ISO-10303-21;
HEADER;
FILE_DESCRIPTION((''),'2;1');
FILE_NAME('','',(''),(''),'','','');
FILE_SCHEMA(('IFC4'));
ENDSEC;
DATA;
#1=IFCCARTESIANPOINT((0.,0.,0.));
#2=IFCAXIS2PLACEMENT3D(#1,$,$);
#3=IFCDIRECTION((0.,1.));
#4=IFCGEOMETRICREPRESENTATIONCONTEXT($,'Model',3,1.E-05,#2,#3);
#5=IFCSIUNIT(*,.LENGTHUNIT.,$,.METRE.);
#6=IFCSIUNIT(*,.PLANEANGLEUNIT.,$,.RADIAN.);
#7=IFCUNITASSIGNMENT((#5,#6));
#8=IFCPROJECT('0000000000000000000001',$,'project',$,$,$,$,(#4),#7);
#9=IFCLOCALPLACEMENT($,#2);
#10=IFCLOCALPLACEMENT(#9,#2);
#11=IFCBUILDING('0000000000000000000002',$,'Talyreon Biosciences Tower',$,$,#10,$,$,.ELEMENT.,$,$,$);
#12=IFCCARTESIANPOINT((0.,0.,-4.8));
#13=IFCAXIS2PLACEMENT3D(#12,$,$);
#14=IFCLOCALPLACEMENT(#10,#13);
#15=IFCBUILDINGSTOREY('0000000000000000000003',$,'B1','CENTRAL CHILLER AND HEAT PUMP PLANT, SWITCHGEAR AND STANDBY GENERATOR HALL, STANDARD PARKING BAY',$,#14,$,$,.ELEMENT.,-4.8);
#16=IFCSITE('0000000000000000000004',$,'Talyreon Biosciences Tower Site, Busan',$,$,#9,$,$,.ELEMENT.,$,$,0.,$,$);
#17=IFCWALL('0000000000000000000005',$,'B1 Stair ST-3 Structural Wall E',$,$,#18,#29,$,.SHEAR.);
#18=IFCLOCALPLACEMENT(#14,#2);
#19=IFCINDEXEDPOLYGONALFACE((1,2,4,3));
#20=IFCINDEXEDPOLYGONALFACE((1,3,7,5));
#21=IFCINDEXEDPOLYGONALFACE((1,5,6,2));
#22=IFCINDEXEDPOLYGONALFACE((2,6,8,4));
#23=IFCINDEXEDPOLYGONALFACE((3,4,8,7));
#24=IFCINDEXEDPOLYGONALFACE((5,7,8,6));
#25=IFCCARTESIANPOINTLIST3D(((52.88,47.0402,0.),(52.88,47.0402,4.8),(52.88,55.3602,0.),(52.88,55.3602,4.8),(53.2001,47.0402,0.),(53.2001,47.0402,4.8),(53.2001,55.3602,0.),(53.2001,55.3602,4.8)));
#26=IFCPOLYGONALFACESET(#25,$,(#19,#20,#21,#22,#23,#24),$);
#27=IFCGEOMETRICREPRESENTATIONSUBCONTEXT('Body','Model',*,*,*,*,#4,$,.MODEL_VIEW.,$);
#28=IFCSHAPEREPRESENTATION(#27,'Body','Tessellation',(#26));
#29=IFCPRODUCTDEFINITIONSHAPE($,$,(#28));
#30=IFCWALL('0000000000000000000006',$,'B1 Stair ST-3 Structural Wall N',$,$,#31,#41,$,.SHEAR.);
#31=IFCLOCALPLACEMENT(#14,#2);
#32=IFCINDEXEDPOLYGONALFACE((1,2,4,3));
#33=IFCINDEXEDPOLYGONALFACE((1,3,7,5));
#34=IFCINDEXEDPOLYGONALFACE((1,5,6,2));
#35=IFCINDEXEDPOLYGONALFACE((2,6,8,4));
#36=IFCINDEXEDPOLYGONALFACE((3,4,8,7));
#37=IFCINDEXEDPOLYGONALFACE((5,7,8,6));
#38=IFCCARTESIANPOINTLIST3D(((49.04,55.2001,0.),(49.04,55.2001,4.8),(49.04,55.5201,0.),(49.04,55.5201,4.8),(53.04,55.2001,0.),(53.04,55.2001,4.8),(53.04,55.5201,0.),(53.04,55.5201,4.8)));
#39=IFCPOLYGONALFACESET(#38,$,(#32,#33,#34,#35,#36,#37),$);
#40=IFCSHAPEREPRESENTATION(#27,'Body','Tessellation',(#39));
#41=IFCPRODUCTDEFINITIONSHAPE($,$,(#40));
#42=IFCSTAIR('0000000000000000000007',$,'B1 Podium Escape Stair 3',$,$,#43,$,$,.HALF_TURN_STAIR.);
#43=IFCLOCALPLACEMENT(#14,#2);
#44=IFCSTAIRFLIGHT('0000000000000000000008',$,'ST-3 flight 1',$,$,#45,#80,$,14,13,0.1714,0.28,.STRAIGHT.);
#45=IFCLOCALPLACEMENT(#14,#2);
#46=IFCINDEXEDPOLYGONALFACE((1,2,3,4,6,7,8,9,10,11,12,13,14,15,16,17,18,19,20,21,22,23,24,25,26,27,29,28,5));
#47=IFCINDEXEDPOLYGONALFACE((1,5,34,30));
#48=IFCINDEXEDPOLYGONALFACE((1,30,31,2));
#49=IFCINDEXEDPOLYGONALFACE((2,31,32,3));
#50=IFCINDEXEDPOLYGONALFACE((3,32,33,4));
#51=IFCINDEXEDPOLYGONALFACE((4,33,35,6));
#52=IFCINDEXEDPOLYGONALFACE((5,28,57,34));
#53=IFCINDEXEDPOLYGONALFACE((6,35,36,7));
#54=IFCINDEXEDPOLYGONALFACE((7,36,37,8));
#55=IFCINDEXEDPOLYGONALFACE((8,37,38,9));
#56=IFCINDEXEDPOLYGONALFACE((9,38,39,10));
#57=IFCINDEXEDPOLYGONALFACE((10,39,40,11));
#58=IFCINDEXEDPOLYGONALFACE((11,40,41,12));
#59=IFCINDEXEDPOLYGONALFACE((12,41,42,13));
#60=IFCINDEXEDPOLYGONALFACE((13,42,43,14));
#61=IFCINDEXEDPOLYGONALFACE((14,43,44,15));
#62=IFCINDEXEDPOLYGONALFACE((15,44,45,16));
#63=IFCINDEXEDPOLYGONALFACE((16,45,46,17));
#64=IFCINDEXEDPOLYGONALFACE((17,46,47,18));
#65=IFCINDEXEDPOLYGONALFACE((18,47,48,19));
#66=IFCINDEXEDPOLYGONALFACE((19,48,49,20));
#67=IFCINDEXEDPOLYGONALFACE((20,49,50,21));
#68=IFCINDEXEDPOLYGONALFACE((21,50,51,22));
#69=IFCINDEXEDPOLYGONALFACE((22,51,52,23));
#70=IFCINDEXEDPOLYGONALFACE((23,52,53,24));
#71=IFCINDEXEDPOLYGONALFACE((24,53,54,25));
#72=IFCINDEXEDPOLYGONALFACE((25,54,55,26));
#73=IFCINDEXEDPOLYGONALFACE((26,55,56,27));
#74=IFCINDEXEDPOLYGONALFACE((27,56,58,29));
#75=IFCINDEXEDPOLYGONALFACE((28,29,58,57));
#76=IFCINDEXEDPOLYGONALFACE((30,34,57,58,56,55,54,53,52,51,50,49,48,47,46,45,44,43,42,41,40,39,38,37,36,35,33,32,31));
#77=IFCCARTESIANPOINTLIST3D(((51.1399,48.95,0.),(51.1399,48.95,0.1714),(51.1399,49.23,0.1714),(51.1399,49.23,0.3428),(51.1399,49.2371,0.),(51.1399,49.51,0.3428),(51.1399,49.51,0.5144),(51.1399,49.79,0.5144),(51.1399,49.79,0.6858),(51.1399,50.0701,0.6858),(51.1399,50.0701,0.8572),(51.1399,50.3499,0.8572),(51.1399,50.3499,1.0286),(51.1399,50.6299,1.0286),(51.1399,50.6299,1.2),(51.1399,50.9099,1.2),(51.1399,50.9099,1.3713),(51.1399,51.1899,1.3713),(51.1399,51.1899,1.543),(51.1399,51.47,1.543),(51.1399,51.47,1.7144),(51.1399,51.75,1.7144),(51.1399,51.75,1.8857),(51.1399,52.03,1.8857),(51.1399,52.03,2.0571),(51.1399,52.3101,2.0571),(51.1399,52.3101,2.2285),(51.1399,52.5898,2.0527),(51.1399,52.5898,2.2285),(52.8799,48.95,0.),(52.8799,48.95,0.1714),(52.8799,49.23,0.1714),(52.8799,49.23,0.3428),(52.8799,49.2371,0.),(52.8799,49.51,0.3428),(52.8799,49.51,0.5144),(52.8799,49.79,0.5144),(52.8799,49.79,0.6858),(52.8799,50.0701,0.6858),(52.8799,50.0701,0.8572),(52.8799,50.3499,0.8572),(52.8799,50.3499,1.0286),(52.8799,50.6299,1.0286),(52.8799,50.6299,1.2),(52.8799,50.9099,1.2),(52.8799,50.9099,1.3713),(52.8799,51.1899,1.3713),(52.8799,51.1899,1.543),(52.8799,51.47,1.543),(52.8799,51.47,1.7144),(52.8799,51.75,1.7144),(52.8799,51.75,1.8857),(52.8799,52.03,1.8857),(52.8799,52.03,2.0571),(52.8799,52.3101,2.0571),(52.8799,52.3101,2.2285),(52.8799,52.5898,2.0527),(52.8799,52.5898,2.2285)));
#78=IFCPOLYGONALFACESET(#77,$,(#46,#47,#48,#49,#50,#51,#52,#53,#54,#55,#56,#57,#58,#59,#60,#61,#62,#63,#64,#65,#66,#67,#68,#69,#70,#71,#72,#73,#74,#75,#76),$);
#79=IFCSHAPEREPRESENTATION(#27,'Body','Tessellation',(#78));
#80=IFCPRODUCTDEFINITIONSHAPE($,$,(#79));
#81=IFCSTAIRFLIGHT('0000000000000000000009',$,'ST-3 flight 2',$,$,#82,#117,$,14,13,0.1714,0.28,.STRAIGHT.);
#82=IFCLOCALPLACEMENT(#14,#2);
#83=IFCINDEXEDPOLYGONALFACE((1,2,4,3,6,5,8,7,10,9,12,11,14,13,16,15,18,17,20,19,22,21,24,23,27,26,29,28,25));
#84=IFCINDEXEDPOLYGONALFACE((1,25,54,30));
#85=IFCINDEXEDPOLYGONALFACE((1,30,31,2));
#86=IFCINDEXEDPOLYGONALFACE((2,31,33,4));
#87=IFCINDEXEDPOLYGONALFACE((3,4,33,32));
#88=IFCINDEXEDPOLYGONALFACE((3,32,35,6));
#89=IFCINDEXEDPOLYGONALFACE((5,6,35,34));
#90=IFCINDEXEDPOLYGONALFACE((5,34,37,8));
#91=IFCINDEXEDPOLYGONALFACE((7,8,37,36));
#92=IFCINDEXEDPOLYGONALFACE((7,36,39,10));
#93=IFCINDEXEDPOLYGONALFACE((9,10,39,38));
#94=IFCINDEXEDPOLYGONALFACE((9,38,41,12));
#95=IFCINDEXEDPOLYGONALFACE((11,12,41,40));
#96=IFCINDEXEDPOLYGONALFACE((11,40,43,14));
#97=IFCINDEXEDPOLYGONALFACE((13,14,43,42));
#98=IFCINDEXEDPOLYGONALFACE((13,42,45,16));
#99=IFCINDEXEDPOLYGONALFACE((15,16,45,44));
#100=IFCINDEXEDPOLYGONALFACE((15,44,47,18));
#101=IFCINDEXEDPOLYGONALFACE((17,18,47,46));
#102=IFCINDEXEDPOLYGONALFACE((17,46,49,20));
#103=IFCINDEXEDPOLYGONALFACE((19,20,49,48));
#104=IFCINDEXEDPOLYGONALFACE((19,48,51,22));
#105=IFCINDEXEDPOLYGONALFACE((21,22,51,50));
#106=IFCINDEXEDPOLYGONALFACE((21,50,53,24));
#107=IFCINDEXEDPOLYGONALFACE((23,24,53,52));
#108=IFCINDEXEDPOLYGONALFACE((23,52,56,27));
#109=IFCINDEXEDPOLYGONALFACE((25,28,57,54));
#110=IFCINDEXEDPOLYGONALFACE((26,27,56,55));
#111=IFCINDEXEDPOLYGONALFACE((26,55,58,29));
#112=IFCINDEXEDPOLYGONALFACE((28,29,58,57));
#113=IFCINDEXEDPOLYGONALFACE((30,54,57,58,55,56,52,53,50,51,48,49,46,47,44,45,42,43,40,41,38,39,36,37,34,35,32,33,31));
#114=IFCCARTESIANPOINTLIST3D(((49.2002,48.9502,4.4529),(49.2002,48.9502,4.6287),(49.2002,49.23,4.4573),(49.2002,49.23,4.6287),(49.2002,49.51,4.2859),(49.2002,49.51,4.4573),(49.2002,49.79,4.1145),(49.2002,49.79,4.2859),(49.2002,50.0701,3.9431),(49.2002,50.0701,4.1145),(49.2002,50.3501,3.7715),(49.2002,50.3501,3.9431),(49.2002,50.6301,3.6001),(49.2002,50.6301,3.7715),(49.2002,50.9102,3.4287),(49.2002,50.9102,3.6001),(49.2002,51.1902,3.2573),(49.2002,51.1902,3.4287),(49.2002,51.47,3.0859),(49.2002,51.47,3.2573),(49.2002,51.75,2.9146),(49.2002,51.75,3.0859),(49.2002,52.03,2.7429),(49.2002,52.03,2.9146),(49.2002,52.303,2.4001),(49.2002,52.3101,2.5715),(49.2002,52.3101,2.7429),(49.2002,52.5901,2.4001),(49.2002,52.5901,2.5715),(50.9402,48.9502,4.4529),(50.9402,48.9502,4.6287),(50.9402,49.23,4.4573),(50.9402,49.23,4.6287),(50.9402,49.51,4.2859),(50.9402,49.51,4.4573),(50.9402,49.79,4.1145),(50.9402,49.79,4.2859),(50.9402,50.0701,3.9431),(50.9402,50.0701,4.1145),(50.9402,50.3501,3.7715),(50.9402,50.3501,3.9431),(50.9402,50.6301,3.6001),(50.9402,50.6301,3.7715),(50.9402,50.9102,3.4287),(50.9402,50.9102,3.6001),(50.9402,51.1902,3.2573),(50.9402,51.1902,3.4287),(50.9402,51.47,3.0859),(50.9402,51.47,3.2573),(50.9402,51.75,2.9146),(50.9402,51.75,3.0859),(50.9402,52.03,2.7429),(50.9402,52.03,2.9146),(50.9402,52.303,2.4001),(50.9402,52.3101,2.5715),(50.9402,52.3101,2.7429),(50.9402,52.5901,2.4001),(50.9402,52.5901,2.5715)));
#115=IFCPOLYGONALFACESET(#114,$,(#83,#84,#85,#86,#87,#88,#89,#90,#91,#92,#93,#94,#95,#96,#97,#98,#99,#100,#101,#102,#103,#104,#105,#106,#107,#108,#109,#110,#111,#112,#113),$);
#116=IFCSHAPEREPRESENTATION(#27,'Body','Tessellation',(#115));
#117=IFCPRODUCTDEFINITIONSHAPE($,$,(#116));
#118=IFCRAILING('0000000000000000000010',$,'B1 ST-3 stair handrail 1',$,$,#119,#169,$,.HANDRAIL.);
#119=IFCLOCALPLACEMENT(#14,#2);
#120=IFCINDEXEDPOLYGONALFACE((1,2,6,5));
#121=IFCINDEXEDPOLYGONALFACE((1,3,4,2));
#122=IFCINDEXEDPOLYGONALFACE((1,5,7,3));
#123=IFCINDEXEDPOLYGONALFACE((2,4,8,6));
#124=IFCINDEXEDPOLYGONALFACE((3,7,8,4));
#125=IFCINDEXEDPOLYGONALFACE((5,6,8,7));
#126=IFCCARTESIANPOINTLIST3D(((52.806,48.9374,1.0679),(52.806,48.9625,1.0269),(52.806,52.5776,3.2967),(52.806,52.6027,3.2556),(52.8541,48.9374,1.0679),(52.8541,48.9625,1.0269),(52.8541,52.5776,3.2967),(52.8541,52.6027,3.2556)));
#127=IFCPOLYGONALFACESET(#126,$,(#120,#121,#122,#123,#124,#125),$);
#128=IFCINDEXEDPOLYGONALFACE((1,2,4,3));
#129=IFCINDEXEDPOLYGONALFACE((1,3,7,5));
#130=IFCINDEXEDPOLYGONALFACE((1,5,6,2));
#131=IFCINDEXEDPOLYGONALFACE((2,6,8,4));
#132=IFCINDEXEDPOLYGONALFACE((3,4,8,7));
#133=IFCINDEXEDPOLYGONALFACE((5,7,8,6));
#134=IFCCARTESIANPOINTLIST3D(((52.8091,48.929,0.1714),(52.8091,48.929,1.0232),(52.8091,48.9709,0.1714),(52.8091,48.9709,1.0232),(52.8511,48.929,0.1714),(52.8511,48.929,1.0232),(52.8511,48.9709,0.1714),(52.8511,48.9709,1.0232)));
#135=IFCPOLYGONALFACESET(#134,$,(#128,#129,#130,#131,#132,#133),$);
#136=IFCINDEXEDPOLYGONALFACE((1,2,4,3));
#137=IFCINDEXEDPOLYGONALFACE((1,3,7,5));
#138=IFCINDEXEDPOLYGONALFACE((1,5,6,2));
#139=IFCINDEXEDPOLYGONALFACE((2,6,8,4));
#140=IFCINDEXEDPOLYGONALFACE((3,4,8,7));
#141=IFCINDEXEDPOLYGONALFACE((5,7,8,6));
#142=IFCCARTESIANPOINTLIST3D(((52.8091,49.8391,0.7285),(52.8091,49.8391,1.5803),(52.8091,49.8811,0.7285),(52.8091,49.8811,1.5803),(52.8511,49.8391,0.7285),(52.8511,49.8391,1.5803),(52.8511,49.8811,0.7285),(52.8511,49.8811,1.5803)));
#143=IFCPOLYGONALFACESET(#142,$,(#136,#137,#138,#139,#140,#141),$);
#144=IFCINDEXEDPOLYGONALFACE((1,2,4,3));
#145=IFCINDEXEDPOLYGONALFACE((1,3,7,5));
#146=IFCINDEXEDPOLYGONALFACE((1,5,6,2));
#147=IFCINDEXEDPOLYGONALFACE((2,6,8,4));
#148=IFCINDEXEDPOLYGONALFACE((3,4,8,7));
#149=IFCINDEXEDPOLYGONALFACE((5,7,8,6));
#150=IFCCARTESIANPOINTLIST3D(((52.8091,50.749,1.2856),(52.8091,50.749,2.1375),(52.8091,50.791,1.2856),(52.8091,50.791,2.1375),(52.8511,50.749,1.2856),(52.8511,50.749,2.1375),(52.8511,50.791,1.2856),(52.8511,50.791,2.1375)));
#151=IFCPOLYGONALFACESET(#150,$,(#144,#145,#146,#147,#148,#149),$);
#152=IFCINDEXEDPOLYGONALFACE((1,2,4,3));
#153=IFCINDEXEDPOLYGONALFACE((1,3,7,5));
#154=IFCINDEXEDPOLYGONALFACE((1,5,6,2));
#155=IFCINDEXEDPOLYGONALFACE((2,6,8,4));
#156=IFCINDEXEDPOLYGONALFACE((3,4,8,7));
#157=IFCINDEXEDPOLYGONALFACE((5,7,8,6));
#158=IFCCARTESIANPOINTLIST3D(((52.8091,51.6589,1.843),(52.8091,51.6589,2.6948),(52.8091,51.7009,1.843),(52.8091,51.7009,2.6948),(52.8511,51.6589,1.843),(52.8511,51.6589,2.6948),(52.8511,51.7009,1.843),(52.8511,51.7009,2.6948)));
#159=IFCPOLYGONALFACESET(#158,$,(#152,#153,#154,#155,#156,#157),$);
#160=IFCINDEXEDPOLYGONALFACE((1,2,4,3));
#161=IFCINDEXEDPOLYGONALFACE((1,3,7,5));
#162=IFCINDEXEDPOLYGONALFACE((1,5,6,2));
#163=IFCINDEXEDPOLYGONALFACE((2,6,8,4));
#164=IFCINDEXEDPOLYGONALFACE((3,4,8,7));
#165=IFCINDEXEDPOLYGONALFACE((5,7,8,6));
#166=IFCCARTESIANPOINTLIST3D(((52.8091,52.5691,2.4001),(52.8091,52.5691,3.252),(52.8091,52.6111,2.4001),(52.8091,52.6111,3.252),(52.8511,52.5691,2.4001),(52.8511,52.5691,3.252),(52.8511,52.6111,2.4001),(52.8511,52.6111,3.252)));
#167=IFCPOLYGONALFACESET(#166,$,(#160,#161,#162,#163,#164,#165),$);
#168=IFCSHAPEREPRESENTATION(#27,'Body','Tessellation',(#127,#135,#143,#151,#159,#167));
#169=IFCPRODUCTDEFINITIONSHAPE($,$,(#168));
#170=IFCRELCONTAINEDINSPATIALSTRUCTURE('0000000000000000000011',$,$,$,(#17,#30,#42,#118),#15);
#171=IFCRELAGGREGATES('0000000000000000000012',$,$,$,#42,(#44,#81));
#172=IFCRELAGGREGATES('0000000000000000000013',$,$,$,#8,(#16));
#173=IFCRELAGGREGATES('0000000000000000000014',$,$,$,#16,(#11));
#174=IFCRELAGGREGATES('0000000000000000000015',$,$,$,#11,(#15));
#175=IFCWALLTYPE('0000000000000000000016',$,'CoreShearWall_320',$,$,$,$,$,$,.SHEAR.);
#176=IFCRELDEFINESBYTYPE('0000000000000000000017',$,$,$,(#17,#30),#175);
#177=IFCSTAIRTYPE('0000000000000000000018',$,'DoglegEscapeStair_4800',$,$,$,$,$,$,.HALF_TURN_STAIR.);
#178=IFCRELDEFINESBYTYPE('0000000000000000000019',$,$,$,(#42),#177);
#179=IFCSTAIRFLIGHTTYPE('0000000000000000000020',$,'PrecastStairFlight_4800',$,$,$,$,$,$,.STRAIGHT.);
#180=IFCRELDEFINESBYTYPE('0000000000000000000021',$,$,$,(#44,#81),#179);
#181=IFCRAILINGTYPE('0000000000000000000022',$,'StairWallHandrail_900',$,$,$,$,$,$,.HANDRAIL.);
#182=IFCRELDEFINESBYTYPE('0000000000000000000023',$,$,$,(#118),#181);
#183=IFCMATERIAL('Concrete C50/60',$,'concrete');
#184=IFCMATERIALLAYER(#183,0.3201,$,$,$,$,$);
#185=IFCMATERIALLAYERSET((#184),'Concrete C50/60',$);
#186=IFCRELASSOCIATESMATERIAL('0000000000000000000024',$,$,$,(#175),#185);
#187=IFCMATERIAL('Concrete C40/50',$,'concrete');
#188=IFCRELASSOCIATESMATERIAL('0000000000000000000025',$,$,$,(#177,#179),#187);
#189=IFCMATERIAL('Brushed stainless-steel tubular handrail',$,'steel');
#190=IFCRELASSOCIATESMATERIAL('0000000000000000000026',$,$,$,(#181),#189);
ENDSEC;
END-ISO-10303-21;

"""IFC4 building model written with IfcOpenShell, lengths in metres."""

from ifc_helpers import new_model, si_unit, direction, frame, frame_2d, origin, origin_2d, place, context, subcontext, project, spatial, polyline, rectangle, outline, extrude, material, layer, layer_set, type_object, element, aggregate, save


model = new_model("IFC4")

# Units and contexts
model_context = context("Model", 3, precision=1e-05, world=origin(), true_north=direction((0.0, 1.0)))
body_context = subcontext(model_context, "Body", "Model", "MODEL_VIEW")
ifc_project = project(units=[si_unit("LENGTHUNIT", "METRE"), si_unit("PLANEANGLEUNIT", "RADIAN")], contexts=[model_context])

# Site, building, storey
site_placement = place(None, origin())
site = spatial("IfcSite", under=ifc_project, at=site_placement, Name="Talyreon Biosciences Tower Site, Busan", CompositionType="ELEMENT", RefElevation=0.0)
building_placement = place(site_placement, origin())
building = spatial("IfcBuilding", under=site, at=building_placement, Name="Talyreon Biosciences Tower", CompositionType="ELEMENT")
storey_placement = place(building_placement, frame((0.0, 0.0, -4.8)))
storey = spatial("IfcBuildingStorey", under=building, at=storey_placement, Name="B1", Description="CENTRAL CHILLER AND HEAT PUMP PLANT, SWITCHGEAR AND STANDBY GENERATOR HALL, STANDARD PARKING BAY", CompositionType="ELEMENT", Elevation=-4.8)

# Shared definitions
ifc_material_1 = material(Name="Concrete C50/60", Category="concrete")

# Walls
ifc_layer_1 = layer(ifc_material_1, 0.3201)
ifc_layer_set_1 = layer_set([ifc_layer_1], Name="Concrete C50/60")
wall_type_1 = type_object("IfcWallType", Name="CoreShearWall_320", PredefinedType="SHEAR", material=ifc_layer_set_1)
wall_1_placement = place(storey_placement, frame((53.04, 47.04, 0.0), z_axis=(0.0, 0.0, 1.0), x_axis=(0.0, 1.0, 0.0)))
element("IfcWall", 1, at=wall_1_placement, inside=storey, type_object=wall_type_1, Name="B1 Stair ST-3 Structural Wall E", PredefinedType="SHEAR", context=body_context, shape_type="SweptSolid", body=[
    extrude(rectangle(XDim=8.3201, YDim=0.3201, at=frame_2d((4.1602, 0.0))), origin(), (0.0, 0.0, 1.0), 4.8),
])
wall_2_placement = place(storey_placement, frame((49.04, 55.3601, 0.0), z_axis=(0.0, 0.0, 1.0), x_axis=(1.0, 0.0, 0.0)))
element("IfcWall", 2, at=wall_2_placement, inside=storey, type_object=wall_type_1, Name="B1 Stair ST-3 Structural Wall N", PredefinedType="SHEAR", context=body_context, shape_type="SweptSolid", body=[
    extrude(rectangle(XDim=4.0, YDim=0.3201, at=frame_2d((2.0, 0.0))), origin(), (0.0, 0.0, 1.0), 4.8),
])

# Stair, stair flights
ifc_material_2 = material(Name="Concrete C40/50", Category="concrete")
stair_type = type_object("IfcStairType", Name="DoglegEscapeStair_4800", PredefinedType="HALF_TURN_STAIR", material=ifc_material_2)
stair_placement = place(storey_placement, origin())
stair = element("IfcStair", 3, at=stair_placement, inside=storey, type_object=stair_type, Name="B1 Podium Escape Stair 3", PredefinedType="HALF_TURN_STAIR")
stair_flight_type = type_object("IfcStairFlightType", Name="PrecastStairFlight_4800", PredefinedType="STRAIGHT", material=ifc_material_2)
stair_flight_1_placement = place(storey_placement, frame((52.01, 48.95, 0.0), z_axis=(0.0, 0.0, 1.0), x_axis=(0.0, 1.0, 0.0)))
stair_flight_1 = element("IfcStairFlight", 4, at=stair_flight_1_placement, type_object=stair_flight_type, Name="ST-3 flight 1", NumberOfRisers=14, NumberOfTreads=13, PredefinedType="STRAIGHT", RiserHeight=0.1714, TreadLength=0.28, context=body_context, shape_type="SweptSolid", body=[
    extrude(outline(polyline([(0.0, 0.0), (0.0, 0.1714), (0.28, 0.1714), (0.28, 0.3428), (0.5601, 0.3428), (0.5601, 0.5144), (0.8401, 0.5144), (0.8401, 0.6858), (1.1201, 0.6858), (1.1201, 0.8572), (1.3999, 0.8572), (1.3999, 1.0286), (1.6799, 1.0286), (1.6799, 1.2), (1.96, 1.2), (1.96, 1.3713), (2.24, 1.3713), (2.24, 1.543), (2.52, 1.543), (2.52, 1.7144), (2.8, 1.7144), (2.8, 1.8857), (3.0801, 1.8857), (3.0801, 2.0571), (3.3601, 2.0571), (3.3601, 2.2285), (3.6399, 2.2285), (3.6399, 2.3999), (3.6399, 2.0527), (0.2871, 0.0), (0.0, 0.0)])), frame((0.0, 0.8701, 0.0), z_axis=(0.0, -1.0, 0.0), x_axis=(1.0, 0.0, 0.0)), (0.0, 0.0, 1.0), 1.74),
])
stair_flight_2_placement = place(storey_placement, frame((50.0701, 52.5901, 2.4001), z_axis=(0.0, 0.0, 1.0), x_axis=(0.0, -1.0, 0.0)))
stair_flight_2 = element("IfcStairFlight", 5, at=stair_flight_2_placement, type_object=stair_flight_type, Name="ST-3 flight 2", NumberOfRisers=14, NumberOfTreads=13, PredefinedType="STRAIGHT", RiserHeight=0.1714, TreadLength=0.28, context=body_context, shape_type="SweptSolid", body=[
    extrude(outline(polyline([(0.0, 0.0), (0.0, 0.1714), (0.28, 0.1714), (0.28, 0.3428), (0.5601, 0.3428), (0.5601, 0.5144), (0.8401, 0.5144), (0.8401, 0.6858), (1.1201, 0.6858), (1.1201, 0.8572), (1.3999, 0.8572), (1.3999, 1.0286), (1.6799, 1.0286), (1.6799, 1.2), (1.96, 1.2), (1.96, 1.3713), (2.24, 1.3713), (2.24, 1.543), (2.52, 1.543), (2.52, 1.7144), (2.8, 1.7144), (2.8, 1.8857), (3.0801, 1.8857), (3.0801, 2.0571), (3.3601, 2.0571), (3.3601, 2.2285), (3.6399, 2.2285), (3.6399, 2.3999), (3.6399, 2.0527), (0.2871, 0.0), (0.0, 0.0)])), frame((0.0, 0.8701, 0.0), z_axis=(0.0, -1.0, 0.0), x_axis=(1.0, 0.0, 0.0)), (0.0, 0.0, 1.0), 1.74),
])
aggregate(stair, [stair_flight_1, stair_flight_2])

# Railing
ifc_material_3 = material(Name="Brushed stainless-steel tubular handrail", Category="steel")
railing_type_1 = type_object("IfcRailingType", Name="StairWallHandrail_900", PredefinedType="HANDRAIL", material=ifc_material_3)
railing_1_placement = place(storey_placement, frame((52.8301, 48.95, 0.1714)))
element("IfcRailing", 6, at=railing_1_placement, inside=storey, type_object=railing_type_1, Name="B1 ST-3 stair handrail 1", PredefinedType="HANDRAIL", context=body_context, shape_type="SweptSolid", body=[
    extrude(rectangle(XDim=0.0481, YDim=0.0481, at=origin_2d()), frame((0.0, 0.0, 0.876), z_axis=(0.0, 0.85284, 0.522172), x_axis=(-1.0, 0.0, 0.0)), (0.0, 0.0, 1.0), 4.2683),
    extrude(rectangle(XDim=0.042, YDim=0.042, at=origin_2d()), origin(), (0.0, 0.0, 1.0), 0.8518),
    extrude(rectangle(XDim=0.042, YDim=0.042, at=origin_2d()), frame((0.0, 0.9102, 0.5571)), (0.0, 0.0, 1.0), 0.8518),
    extrude(rectangle(XDim=0.042, YDim=0.042, at=origin_2d()), frame((0.0, 1.8201, 1.1143)), (0.0, 0.0, 1.0), 0.8518),
    extrude(rectangle(XDim=0.042, YDim=0.042, at=origin_2d()), frame((0.0, 2.73, 1.6716)), (0.0, 0.0, 1.0), 0.8518),
    extrude(rectangle(XDim=0.042, YDim=0.042, at=origin_2d()), frame((0.0, 3.6401, 2.2288)), (0.0, 0.0, 1.0), 0.8518),
])

save(model, "model.ifc")
